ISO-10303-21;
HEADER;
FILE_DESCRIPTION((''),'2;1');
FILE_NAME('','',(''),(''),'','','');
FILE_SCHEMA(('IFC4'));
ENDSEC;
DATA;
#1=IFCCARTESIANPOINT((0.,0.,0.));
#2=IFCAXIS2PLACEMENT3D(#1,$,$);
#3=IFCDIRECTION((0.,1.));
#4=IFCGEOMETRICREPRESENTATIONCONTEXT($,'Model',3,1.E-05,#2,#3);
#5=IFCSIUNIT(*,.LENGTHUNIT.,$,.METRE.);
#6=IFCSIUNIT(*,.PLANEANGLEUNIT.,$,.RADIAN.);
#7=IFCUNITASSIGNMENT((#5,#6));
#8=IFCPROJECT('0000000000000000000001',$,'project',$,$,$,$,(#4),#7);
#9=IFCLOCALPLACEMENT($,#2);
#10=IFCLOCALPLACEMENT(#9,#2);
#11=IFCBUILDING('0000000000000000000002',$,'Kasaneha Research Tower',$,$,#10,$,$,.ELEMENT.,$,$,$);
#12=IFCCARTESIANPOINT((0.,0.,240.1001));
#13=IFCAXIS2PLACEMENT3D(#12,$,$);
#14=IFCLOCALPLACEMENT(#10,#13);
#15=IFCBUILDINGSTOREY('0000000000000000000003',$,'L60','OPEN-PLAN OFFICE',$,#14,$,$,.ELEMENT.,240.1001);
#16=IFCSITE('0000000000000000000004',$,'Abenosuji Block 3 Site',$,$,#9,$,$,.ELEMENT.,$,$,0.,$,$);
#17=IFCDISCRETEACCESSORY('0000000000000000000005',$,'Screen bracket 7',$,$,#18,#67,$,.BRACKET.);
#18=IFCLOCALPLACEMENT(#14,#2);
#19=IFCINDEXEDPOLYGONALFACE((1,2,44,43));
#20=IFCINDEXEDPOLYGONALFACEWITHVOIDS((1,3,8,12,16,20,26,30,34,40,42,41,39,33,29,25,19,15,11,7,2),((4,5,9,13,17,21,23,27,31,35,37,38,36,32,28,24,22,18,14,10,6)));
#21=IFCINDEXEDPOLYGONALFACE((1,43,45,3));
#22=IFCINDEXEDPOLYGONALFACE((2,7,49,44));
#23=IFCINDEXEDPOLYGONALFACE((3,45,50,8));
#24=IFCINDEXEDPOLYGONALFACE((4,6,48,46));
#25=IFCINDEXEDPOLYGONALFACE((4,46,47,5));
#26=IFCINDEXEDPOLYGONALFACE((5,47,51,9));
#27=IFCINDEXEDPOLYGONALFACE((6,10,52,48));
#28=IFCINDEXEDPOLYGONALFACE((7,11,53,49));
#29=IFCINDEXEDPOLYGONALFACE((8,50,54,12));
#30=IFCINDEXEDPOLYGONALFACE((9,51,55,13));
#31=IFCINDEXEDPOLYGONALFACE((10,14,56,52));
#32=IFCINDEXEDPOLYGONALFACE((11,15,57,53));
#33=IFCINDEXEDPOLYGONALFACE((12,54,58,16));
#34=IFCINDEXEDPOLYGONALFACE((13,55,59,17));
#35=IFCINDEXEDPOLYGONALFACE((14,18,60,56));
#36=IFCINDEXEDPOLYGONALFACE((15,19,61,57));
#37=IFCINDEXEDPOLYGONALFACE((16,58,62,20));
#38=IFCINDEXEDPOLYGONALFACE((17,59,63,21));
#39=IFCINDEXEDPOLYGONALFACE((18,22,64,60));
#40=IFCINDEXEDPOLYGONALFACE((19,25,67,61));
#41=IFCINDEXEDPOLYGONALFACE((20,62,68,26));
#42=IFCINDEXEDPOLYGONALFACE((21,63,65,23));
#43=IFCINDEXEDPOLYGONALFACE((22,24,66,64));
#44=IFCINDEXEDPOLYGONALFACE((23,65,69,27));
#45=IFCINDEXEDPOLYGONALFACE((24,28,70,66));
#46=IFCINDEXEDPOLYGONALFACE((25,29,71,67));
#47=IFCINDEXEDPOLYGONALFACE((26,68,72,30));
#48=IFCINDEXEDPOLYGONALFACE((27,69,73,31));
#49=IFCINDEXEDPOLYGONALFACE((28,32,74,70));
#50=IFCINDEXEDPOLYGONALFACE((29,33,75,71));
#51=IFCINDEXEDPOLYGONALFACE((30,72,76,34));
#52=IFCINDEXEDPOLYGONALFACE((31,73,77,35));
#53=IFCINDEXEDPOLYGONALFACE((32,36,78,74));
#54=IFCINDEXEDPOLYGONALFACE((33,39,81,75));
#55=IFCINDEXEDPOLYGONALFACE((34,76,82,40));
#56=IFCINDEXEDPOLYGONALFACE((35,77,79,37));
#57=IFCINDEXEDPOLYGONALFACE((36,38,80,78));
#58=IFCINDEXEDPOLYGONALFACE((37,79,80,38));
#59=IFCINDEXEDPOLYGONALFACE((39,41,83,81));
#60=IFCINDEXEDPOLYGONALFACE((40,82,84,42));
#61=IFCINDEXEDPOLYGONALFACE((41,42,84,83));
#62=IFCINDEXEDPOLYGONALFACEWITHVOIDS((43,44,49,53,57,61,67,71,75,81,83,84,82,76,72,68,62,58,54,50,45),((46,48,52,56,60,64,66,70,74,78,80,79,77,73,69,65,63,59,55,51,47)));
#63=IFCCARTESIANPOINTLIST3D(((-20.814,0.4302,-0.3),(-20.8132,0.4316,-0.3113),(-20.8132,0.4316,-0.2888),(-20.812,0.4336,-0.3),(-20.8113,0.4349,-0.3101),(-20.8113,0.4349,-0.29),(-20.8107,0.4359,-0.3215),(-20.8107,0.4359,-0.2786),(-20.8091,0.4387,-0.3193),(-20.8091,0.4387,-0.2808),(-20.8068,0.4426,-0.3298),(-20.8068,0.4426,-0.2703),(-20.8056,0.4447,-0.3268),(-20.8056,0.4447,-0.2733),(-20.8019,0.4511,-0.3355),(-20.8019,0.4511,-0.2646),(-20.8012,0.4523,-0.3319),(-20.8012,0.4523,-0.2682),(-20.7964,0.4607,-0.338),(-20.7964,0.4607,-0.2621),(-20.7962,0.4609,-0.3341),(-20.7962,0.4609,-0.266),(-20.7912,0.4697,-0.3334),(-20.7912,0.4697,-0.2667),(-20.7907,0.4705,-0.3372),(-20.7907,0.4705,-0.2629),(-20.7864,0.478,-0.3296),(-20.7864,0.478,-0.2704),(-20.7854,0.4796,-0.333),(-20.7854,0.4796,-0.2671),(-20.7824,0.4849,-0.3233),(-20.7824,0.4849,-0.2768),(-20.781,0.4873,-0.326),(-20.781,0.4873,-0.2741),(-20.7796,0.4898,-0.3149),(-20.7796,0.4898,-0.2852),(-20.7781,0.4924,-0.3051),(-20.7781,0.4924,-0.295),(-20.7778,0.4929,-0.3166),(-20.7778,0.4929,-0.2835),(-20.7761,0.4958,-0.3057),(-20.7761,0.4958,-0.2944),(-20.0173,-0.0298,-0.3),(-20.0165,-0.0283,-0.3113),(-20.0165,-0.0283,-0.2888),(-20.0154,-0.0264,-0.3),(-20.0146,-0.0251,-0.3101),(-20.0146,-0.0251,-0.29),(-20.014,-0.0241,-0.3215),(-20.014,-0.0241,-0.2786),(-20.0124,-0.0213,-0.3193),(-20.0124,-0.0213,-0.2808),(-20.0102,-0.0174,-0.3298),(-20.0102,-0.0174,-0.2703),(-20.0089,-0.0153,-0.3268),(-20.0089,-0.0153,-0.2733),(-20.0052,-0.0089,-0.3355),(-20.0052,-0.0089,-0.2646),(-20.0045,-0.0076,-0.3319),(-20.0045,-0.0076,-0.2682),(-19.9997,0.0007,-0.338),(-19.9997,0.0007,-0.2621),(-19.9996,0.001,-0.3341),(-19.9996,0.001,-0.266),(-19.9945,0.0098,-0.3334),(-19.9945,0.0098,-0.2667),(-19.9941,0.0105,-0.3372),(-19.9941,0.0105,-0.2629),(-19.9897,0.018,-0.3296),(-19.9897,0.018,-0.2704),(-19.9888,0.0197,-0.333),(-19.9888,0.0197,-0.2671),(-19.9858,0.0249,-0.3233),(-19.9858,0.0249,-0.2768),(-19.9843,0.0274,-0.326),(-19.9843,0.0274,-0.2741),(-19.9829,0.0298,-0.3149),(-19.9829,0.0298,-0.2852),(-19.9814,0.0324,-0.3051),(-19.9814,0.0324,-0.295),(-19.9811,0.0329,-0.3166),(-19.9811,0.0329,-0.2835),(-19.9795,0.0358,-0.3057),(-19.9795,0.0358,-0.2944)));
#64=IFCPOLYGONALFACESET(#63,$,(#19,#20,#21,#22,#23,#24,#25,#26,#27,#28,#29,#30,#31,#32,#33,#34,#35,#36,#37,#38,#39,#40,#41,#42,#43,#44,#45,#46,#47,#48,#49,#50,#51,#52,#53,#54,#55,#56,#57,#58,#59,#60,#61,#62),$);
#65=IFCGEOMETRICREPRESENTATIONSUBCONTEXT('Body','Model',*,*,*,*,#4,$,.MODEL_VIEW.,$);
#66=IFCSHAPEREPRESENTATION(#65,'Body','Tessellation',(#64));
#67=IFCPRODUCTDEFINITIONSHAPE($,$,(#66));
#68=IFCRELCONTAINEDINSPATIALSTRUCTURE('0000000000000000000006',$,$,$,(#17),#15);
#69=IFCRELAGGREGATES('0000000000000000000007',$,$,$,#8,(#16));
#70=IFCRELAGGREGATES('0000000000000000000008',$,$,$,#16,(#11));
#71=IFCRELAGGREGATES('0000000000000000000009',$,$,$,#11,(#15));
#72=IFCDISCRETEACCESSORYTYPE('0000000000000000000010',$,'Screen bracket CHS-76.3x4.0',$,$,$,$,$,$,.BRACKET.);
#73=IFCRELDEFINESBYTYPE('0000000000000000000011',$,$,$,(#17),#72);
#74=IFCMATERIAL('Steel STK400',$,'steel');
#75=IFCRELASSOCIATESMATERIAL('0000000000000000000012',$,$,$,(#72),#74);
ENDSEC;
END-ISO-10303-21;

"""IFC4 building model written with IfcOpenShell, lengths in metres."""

from ifc_helpers import new_model, si_unit, direction, frame, origin, origin_2d, place, context, subcontext, project, spatial, hollow_circle, extrude, material, material_profile, profile_set, type_object, element, save


model = new_model("IFC4")

# Units and contexts
model_context = context("Model", 3, precision=1e-05, world=origin(), true_north=direction((0.0, 1.0)))
body_context = subcontext(model_context, "Body", "Model", "MODEL_VIEW")
ifc_project = project(units=[si_unit("LENGTHUNIT", "METRE"), si_unit("PLANEANGLEUNIT", "RADIAN")], contexts=[model_context])

# Site, building, storey
site_placement = place(None, origin())
site = spatial("IfcSite", under=ifc_project, at=site_placement, Name="Abenosuji Block 3 Site", CompositionType="ELEMENT", RefElevation=0.0)
building_placement = place(site_placement, origin())
building = spatial("IfcBuilding", under=site, at=building_placement, Name="Kasaneha Research Tower", CompositionType="ELEMENT")
storey_placement = place(building_placement, frame((0.0, 0.0, 240.1001)))
storey = spatial("IfcBuildingStorey", under=building, at=storey_placement, Name="L60", Description="OPEN-PLAN OFFICE", CompositionType="ELEMENT", Elevation=240.1001)

# Discrete accessory
ifc_material_1 = material(Name="Steel STK400", Category="steel")
ifc_material_profile_1 = material_profile(ifc_material_1, hollow_circle(Radius=0.0381, WallThickness=0.0039, at=origin_2d()), Name="CHS-76.3x4.0")
ifc_profile_set_1 = profile_set([ifc_material_profile_1], Name="Steel STK400")
discrete_accessory_type = type_object("IfcDiscreteAccessoryType", Name="Screen bracket CHS-76.3x4.0", PredefinedType="BRACKET", material=ifc_profile_set_1)
discrete_accessory_1_placement = place(storey_placement, frame((-19.9983, 0.0032, -0.3), z_axis=(-0.866013, 0.500021, 0.0), x_axis=(-0.500021, -0.866013, 0.0)))
element("IfcDiscreteAccessory", 1, at=discrete_accessory_1_placement, inside=storey, type_object=discrete_accessory_type, Name="Screen bracket 7", PredefinedType="BRACKET", context=body_context, shape_type="SweptSolid", body=[
    extrude(hollow_circle(Radius=0.0381, WallThickness=0.0039, at=origin_2d()), origin(), (0.0, 0.0, 1.0), 0.9199),
])

save(model, "model.ifc")
